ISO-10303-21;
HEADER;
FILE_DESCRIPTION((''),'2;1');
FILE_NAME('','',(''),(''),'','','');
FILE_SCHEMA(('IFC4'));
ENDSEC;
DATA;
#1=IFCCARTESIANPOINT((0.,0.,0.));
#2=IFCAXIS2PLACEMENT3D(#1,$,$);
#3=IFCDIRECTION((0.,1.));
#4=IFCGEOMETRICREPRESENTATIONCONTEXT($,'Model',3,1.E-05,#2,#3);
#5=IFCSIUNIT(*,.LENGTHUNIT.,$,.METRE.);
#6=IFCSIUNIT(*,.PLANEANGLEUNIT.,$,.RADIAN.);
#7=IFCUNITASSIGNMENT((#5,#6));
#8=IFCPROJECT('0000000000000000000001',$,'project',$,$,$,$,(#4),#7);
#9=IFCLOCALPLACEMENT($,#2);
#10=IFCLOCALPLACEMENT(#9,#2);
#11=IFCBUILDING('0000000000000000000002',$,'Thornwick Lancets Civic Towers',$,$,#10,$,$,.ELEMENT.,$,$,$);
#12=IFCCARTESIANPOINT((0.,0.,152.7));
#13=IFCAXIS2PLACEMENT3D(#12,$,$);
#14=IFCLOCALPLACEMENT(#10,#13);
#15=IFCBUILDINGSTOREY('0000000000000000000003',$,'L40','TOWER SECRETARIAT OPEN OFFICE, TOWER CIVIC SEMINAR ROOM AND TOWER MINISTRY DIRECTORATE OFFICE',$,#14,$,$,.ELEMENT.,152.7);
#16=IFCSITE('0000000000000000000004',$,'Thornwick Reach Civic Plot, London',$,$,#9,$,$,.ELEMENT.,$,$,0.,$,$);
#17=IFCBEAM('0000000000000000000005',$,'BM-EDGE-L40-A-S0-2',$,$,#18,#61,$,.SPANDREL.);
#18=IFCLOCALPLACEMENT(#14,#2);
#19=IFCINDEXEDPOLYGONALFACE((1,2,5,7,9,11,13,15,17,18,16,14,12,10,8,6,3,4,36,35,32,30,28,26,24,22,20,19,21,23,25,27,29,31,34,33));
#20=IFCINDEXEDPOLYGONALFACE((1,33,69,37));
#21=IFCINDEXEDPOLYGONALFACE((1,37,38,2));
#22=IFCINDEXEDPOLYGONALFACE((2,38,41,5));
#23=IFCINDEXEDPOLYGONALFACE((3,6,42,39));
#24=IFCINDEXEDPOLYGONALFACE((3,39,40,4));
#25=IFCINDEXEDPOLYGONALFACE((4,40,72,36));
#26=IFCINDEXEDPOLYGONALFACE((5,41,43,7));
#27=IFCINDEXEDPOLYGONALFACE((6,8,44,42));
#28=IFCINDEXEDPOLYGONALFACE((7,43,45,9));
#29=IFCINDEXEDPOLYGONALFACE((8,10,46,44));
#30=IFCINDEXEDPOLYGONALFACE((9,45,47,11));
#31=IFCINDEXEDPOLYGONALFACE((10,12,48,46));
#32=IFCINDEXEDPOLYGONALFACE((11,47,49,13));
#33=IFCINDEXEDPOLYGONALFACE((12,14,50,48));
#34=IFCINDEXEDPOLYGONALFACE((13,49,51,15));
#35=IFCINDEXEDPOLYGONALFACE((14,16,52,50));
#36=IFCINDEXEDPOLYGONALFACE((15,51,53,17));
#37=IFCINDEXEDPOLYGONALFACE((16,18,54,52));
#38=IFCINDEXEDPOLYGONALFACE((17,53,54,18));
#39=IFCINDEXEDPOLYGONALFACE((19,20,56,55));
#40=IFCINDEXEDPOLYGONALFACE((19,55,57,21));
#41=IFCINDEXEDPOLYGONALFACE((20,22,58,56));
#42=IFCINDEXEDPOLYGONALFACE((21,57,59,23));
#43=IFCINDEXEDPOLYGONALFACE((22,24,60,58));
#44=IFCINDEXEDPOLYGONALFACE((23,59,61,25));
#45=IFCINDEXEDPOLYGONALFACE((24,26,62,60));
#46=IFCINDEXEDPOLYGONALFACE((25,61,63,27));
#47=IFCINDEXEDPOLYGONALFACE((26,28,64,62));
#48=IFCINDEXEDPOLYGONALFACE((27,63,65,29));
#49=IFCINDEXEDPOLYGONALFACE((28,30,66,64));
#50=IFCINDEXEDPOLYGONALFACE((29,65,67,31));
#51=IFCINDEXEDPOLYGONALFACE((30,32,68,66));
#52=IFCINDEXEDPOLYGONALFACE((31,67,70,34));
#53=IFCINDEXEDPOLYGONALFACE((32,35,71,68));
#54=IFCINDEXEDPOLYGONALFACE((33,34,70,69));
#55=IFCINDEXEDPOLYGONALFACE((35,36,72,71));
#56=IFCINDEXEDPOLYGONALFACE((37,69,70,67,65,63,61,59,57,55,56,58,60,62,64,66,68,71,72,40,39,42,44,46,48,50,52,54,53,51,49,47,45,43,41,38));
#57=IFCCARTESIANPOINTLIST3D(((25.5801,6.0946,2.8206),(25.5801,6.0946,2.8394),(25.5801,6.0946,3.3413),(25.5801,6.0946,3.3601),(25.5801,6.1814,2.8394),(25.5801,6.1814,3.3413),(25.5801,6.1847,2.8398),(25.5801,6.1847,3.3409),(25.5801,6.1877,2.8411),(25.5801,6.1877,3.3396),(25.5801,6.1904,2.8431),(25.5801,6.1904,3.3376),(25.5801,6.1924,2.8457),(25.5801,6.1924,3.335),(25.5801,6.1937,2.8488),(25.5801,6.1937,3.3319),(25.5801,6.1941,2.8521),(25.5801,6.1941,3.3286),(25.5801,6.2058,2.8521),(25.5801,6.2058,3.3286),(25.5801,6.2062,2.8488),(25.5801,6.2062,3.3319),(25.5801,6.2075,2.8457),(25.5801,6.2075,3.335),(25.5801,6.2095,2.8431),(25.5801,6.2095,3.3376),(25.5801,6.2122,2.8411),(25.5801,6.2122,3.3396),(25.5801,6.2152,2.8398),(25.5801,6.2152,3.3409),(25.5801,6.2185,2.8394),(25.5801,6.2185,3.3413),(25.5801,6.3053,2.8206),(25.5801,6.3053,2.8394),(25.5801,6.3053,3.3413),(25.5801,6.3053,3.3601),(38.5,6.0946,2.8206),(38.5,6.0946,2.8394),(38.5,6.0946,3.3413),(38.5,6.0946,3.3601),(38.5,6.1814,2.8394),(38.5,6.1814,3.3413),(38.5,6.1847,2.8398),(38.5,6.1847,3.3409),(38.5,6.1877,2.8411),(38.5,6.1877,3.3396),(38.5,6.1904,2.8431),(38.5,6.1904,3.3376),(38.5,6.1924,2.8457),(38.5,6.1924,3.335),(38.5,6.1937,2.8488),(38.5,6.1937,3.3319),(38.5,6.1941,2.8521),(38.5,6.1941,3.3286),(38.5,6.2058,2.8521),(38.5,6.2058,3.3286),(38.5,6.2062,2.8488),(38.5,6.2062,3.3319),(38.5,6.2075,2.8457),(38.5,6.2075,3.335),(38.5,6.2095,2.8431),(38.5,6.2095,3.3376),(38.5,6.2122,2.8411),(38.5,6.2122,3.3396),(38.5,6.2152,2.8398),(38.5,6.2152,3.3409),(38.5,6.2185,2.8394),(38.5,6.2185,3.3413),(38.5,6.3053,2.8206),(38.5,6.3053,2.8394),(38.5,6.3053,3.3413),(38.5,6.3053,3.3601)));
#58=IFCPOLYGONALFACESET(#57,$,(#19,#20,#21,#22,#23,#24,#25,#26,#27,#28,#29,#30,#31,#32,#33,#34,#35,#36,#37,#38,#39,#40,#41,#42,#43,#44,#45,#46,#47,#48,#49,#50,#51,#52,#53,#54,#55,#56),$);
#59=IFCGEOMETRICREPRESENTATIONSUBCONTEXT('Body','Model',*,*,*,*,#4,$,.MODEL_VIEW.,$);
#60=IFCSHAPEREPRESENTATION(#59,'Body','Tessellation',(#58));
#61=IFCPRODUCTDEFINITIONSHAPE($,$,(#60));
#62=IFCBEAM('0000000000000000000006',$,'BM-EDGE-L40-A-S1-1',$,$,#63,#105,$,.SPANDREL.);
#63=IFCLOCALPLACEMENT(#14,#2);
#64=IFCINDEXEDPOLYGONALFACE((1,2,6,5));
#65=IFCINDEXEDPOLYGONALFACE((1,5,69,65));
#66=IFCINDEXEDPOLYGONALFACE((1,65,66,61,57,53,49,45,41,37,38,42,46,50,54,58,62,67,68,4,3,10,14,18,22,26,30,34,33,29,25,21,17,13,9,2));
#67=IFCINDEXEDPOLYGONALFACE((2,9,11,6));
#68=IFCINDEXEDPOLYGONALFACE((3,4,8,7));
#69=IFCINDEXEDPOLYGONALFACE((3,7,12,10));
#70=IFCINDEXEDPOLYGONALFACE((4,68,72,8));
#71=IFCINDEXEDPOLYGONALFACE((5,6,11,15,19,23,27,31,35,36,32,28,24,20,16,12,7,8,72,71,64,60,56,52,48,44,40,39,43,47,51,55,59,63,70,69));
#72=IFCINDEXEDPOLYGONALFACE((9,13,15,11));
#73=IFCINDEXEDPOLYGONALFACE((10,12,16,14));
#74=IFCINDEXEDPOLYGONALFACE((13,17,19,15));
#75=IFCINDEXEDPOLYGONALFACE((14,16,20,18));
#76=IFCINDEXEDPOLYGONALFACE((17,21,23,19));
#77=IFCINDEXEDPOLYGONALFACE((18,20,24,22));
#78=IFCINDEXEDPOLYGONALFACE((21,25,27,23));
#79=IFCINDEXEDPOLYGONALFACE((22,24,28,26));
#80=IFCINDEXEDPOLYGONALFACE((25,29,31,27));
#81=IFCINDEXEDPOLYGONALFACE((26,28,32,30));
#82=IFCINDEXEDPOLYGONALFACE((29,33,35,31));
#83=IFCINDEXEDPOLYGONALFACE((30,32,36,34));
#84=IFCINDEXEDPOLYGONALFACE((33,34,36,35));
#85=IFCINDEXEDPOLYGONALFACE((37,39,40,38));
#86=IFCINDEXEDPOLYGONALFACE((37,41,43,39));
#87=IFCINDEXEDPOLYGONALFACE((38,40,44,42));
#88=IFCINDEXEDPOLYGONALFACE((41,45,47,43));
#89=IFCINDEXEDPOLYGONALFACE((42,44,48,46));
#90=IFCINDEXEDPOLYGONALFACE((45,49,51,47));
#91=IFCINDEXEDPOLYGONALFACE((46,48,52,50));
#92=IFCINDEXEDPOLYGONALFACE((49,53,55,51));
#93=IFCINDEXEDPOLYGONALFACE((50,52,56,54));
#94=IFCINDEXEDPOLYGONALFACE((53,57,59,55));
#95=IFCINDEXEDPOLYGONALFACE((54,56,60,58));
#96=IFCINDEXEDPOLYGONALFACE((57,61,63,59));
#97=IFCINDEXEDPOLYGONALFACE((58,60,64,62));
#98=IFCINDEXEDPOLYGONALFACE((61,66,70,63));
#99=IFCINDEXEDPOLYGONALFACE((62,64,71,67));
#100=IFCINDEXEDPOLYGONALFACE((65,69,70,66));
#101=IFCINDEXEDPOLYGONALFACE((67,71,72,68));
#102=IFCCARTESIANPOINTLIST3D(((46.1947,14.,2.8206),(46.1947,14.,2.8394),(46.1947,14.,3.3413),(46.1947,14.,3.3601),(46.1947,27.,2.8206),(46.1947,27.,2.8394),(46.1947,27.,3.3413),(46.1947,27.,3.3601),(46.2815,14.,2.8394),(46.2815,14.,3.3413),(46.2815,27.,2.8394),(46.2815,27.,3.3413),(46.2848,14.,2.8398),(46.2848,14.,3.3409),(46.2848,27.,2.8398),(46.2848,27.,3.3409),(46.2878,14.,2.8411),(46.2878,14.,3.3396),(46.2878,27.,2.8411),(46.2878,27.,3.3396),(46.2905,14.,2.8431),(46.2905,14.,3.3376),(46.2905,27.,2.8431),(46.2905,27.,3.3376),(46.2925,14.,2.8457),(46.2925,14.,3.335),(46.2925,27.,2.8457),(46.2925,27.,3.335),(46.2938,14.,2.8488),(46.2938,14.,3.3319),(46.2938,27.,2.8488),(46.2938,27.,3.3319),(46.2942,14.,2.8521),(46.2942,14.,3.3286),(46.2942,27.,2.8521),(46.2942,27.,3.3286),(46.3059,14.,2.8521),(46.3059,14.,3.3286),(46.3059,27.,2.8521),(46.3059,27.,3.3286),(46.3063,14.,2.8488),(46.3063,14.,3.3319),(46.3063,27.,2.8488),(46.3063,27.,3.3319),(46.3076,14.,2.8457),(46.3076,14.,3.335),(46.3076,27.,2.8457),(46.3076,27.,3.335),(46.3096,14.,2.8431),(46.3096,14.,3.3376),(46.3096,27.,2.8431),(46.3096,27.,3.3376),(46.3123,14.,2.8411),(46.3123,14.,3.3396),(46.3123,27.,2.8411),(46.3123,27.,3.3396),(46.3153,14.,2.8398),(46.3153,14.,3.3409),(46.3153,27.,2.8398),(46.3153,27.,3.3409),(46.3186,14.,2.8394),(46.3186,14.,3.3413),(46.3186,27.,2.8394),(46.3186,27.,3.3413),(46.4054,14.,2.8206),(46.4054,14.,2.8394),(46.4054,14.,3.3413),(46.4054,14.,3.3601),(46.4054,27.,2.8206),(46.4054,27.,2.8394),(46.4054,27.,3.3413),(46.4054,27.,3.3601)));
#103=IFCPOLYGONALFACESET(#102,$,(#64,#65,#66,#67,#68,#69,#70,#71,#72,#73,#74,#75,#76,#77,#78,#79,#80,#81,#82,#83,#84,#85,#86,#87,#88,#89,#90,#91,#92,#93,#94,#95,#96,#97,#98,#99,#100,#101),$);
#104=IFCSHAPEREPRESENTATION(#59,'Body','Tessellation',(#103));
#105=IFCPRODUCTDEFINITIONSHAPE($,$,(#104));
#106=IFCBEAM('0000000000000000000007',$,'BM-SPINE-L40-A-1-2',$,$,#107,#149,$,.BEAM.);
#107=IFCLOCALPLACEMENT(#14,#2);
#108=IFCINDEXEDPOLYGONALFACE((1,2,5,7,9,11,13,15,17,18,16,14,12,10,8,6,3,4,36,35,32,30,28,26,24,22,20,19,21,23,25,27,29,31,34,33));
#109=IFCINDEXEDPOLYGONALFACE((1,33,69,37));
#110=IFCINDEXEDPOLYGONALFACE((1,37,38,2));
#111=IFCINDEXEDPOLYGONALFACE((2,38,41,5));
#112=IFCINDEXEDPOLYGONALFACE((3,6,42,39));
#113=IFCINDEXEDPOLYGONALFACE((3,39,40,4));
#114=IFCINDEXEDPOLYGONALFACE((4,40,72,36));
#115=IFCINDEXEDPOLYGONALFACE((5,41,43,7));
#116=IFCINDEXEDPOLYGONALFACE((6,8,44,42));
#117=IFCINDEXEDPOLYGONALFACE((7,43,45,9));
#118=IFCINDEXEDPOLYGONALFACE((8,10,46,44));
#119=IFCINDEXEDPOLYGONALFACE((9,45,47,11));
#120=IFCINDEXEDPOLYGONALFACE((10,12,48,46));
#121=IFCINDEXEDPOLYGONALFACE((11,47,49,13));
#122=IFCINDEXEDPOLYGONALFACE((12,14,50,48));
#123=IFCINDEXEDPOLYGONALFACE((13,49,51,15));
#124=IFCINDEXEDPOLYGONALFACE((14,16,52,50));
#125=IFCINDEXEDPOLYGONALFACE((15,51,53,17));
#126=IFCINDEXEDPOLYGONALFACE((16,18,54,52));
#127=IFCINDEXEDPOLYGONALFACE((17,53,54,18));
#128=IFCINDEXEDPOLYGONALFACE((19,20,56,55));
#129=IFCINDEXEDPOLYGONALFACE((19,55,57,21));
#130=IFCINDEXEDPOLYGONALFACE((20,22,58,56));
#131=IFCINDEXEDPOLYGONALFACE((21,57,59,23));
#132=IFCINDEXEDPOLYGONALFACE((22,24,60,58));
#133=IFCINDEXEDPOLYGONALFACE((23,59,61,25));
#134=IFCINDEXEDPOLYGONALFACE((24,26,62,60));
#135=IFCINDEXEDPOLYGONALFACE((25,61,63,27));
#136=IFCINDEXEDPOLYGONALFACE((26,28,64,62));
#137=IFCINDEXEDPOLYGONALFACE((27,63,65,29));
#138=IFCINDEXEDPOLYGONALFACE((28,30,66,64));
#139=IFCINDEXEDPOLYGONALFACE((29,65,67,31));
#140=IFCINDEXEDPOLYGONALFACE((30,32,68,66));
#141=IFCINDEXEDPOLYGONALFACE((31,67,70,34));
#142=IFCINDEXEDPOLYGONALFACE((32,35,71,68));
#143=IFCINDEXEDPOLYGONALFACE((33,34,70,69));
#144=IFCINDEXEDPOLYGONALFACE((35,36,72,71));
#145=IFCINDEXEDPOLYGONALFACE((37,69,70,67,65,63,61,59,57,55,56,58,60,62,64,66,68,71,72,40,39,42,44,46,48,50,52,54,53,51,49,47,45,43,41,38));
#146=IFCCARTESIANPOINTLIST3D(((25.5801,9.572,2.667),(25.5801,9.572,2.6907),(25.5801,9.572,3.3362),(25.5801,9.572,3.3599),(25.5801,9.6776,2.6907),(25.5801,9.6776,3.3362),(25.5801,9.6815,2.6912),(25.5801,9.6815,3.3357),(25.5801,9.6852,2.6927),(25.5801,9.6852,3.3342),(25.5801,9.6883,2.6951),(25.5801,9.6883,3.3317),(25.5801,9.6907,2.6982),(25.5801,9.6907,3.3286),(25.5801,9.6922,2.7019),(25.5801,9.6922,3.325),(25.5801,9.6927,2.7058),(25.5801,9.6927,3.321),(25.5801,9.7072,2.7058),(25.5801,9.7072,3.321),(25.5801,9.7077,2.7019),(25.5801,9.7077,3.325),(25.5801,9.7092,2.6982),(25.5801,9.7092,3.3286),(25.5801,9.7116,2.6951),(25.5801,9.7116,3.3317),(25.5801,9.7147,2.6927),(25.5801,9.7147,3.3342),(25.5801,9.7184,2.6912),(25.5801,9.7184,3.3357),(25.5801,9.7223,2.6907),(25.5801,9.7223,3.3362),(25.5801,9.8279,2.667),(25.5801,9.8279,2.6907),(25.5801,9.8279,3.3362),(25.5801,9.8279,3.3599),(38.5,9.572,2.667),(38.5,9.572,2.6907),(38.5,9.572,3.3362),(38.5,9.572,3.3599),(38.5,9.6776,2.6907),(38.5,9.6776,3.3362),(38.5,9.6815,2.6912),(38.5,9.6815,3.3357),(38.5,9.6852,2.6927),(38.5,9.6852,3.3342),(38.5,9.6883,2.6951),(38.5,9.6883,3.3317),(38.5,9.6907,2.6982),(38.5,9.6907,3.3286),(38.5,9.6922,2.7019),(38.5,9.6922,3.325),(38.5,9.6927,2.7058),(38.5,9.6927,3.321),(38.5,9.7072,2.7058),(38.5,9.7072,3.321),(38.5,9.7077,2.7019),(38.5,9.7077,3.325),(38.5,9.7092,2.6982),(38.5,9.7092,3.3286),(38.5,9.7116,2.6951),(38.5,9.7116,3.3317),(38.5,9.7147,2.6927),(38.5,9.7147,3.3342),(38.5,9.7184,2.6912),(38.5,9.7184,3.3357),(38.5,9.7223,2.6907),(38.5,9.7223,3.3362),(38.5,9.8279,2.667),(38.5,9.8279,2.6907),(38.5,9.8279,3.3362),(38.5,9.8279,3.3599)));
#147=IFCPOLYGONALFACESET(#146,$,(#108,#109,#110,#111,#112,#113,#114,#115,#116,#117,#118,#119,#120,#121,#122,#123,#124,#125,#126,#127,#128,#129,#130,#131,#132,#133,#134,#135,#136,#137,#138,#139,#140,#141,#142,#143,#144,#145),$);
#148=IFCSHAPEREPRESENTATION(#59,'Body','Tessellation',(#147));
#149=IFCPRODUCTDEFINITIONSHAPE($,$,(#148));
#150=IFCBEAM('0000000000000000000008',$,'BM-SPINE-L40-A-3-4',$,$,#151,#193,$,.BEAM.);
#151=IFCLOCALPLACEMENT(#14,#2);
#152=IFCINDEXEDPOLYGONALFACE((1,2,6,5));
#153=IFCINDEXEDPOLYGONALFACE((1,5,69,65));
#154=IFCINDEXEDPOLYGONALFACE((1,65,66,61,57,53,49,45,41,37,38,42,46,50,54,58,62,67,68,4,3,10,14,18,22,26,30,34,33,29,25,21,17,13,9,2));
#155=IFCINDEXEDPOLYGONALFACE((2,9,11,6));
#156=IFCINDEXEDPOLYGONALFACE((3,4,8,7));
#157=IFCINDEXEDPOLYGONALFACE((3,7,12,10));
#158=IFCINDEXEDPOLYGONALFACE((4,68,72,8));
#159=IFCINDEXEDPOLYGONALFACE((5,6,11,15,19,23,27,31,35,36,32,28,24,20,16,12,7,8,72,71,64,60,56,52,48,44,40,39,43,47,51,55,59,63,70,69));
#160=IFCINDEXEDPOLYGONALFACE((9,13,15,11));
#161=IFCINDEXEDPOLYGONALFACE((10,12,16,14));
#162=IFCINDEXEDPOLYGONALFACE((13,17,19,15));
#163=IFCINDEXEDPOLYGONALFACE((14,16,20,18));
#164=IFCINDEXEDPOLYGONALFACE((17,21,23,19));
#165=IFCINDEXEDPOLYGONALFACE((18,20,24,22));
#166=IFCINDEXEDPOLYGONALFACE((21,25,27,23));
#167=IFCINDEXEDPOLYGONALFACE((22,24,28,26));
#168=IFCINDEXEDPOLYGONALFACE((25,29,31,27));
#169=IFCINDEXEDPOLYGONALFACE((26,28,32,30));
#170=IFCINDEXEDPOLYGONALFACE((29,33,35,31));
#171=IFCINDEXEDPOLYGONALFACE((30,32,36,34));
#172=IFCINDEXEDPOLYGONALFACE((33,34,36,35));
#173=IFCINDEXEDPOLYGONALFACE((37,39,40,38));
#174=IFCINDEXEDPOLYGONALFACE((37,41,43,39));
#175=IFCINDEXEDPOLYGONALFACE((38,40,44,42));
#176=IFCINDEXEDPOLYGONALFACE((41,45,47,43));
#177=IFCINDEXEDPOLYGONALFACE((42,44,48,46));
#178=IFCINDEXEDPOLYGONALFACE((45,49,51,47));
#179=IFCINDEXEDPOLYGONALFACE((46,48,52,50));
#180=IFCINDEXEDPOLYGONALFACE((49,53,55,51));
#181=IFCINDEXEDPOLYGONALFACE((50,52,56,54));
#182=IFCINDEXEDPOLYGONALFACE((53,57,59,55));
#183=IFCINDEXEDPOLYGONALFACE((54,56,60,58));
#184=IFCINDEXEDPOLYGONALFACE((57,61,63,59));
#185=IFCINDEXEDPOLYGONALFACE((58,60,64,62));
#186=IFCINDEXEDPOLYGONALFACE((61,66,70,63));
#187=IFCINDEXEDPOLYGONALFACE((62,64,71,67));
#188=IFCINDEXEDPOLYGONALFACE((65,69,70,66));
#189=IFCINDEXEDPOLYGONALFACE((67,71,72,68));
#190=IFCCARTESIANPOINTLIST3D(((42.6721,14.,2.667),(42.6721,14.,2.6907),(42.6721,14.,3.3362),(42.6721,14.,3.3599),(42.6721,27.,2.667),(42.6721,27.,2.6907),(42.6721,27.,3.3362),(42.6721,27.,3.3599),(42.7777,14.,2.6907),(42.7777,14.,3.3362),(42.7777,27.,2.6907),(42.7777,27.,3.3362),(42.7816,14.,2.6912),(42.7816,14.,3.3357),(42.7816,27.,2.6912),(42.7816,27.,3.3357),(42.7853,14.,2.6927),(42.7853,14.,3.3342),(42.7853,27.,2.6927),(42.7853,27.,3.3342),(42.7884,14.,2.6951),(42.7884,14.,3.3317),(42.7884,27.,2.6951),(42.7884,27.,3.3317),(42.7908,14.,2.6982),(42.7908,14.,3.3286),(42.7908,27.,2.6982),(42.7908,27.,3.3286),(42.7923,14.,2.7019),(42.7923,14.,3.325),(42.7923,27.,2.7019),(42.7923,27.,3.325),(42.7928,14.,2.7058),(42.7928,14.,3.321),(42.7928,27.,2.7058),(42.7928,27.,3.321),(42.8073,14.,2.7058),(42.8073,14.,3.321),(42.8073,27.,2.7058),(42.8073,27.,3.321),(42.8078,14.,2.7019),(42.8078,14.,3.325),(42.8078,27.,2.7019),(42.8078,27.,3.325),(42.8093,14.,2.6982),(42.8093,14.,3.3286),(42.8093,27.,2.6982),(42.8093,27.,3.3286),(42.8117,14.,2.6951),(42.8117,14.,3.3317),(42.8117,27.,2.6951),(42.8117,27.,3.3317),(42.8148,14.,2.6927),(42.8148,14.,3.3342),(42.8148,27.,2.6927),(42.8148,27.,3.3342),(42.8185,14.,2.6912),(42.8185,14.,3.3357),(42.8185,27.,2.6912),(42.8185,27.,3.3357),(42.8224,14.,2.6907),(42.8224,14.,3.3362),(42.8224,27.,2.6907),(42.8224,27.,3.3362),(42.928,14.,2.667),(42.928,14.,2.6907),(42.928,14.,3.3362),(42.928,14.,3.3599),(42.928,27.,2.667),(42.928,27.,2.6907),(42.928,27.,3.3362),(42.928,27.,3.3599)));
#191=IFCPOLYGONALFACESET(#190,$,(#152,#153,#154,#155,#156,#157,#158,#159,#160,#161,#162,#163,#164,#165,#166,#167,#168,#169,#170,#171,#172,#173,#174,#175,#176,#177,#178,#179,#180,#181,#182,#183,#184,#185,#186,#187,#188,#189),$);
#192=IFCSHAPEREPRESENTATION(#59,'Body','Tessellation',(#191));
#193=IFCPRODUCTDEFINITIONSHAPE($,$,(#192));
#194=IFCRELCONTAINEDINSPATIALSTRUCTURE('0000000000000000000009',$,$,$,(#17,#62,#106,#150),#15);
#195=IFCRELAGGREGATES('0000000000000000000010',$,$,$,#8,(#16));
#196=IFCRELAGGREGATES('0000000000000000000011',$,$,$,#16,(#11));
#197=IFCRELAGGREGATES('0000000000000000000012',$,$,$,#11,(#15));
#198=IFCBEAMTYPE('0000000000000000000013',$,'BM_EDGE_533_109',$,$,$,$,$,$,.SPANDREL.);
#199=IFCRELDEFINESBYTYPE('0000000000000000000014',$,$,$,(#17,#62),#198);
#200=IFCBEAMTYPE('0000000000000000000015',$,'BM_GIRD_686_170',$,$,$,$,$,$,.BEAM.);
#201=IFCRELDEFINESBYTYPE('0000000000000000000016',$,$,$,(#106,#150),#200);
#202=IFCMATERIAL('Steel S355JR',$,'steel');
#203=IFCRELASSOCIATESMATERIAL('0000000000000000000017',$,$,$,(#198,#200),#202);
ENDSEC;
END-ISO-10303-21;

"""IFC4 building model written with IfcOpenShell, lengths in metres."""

from ifc_helpers import new_model, si_unit, direction, frame, origin, origin_2d, place, context, subcontext, project, spatial, i_section, extrude, material, material_profile, profile_set, type_object, element, save


model = new_model("IFC4")

# Units and contexts
model_context = context("Model", 3, precision=1e-05, world=origin(), true_north=direction((0.0, 1.0)))
body_context = subcontext(model_context, "Body", "Model", "MODEL_VIEW")
ifc_project = project(units=[si_unit("LENGTHUNIT", "METRE"), si_unit("PLANEANGLEUNIT", "RADIAN")], contexts=[model_context])

# Site, building, storey
site_placement = place(None, origin())
site = spatial("IfcSite", under=ifc_project, at=site_placement, Name="Thornwick Reach Civic Plot, London", CompositionType="ELEMENT", RefElevation=0.0)
building_placement = place(site_placement, origin())
building = spatial("IfcBuilding", under=site, at=building_placement, Name="Thornwick Lancets Civic Towers", CompositionType="ELEMENT")
storey_placement = place(building_placement, frame((0.0, 0.0, 152.7)))
storey = spatial("IfcBuildingStorey", under=building, at=storey_placement, Name="L40", Description="TOWER SECRETARIAT OPEN OFFICE, TOWER CIVIC SEMINAR ROOM AND TOWER MINISTRY DIRECTORATE OFFICE", CompositionType="ELEMENT", Elevation=152.7)

# Beams
ifc_material_1 = material(Name="Steel S355JR", Category="steel")
ifc_material_profile_1 = material_profile(ifc_material_1, i_section(OverallWidth=0.2107, OverallDepth=0.5396, WebThickness=0.0117, FlangeThickness=0.0188, FilletRadius=0.0127, at=origin_2d()), Name="UKB 533x210x109")
ifc_profile_set_1 = profile_set([ifc_material_profile_1], Name="Steel S355JR")
beam_type_1 = type_object("IfcBeamType", Name="BM_EDGE_533_109", PredefinedType="SPANDREL", material=ifc_profile_set_1)
beam_1_placement = place(storey_placement, frame((25.5801, 6.2, 3.0903), z_axis=(1.0, 0.0, 0.0), x_axis=(0.0, 1.0, 0.0)))
element("IfcBeam", 1, at=beam_1_placement, inside=storey, type_object=beam_type_1, Name="BM-EDGE-L40-A-S0-2", PredefinedType="SPANDREL", context=body_context, shape_type="SweptSolid", body=[
    extrude(i_section(OverallWidth=0.2107, OverallDepth=0.5396, WebThickness=0.0117, FlangeThickness=0.0188, FilletRadius=0.0127, at=origin_2d()), origin(), (0.0, 0.0, 1.0), 12.9199),
])
beam_2_placement = place(storey_placement, frame((46.3, 14.0, 3.0903), z_axis=(0.0, 1.0, 0.0), x_axis=(-1.0, 0.0, 0.0)))
element("IfcBeam", 2, at=beam_2_placement, inside=storey, type_object=beam_type_1, Name="BM-EDGE-L40-A-S1-1", PredefinedType="SPANDREL", context=body_context, shape_type="SweptSolid", body=[
    extrude(i_section(OverallWidth=0.2107, OverallDepth=0.5396, WebThickness=0.0117, FlangeThickness=0.0188, FilletRadius=0.0127, at=origin_2d()), origin(), (0.0, 0.0, 1.0), 13.0),
])
ifc_material_profile_2 = material_profile(ifc_material_1, i_section(OverallWidth=0.2559, OverallDepth=0.6929, WebThickness=0.0144, FlangeThickness=0.0237, FilletRadius=0.0151, at=origin_2d()), Name="UKB 686x254x170")
ifc_profile_set_2 = profile_set([ifc_material_profile_2], Name="Steel S355JR")
beam_type_2 = type_object("IfcBeamType", Name="BM_GIRD_686_170", PredefinedType="BEAM", material=ifc_profile_set_2)
beam_3_placement = place(storey_placement, frame((25.5801, 9.7, 3.0134), z_axis=(1.0, 0.0, 0.0), x_axis=(0.0, 1.0, 0.0)))
element("IfcBeam", 3, at=beam_3_placement, inside=storey, type_object=beam_type_2, Name="BM-SPINE-L40-A-1-2", PredefinedType="BEAM", context=body_context, shape_type="SweptSolid", body=[
    extrude(i_section(OverallWidth=0.2559, OverallDepth=0.6929, WebThickness=0.0144, FlangeThickness=0.0237, FilletRadius=0.0151, at=origin_2d()), origin(), (0.0, 0.0, 1.0), 12.9199),
])
beam_4_placement = place(storey_placement, frame((42.8, 14.0, 3.0134), z_axis=(0.0, 1.0, 0.0), x_axis=(-1.0, 0.0, 0.0)))
element("IfcBeam", 4, at=beam_4_placement, inside=storey, type_object=beam_type_2, Name="BM-SPINE-L40-A-3-4", PredefinedType="BEAM", context=body_context, shape_type="SweptSolid", body=[
    extrude(i_section(OverallWidth=0.2559, OverallDepth=0.6929, WebThickness=0.0144, FlangeThickness=0.0237, FilletRadius=0.0151, at=origin_2d()), origin(), (0.0, 0.0, 1.0), 13.0),
])

save(model, "model.ifc")
